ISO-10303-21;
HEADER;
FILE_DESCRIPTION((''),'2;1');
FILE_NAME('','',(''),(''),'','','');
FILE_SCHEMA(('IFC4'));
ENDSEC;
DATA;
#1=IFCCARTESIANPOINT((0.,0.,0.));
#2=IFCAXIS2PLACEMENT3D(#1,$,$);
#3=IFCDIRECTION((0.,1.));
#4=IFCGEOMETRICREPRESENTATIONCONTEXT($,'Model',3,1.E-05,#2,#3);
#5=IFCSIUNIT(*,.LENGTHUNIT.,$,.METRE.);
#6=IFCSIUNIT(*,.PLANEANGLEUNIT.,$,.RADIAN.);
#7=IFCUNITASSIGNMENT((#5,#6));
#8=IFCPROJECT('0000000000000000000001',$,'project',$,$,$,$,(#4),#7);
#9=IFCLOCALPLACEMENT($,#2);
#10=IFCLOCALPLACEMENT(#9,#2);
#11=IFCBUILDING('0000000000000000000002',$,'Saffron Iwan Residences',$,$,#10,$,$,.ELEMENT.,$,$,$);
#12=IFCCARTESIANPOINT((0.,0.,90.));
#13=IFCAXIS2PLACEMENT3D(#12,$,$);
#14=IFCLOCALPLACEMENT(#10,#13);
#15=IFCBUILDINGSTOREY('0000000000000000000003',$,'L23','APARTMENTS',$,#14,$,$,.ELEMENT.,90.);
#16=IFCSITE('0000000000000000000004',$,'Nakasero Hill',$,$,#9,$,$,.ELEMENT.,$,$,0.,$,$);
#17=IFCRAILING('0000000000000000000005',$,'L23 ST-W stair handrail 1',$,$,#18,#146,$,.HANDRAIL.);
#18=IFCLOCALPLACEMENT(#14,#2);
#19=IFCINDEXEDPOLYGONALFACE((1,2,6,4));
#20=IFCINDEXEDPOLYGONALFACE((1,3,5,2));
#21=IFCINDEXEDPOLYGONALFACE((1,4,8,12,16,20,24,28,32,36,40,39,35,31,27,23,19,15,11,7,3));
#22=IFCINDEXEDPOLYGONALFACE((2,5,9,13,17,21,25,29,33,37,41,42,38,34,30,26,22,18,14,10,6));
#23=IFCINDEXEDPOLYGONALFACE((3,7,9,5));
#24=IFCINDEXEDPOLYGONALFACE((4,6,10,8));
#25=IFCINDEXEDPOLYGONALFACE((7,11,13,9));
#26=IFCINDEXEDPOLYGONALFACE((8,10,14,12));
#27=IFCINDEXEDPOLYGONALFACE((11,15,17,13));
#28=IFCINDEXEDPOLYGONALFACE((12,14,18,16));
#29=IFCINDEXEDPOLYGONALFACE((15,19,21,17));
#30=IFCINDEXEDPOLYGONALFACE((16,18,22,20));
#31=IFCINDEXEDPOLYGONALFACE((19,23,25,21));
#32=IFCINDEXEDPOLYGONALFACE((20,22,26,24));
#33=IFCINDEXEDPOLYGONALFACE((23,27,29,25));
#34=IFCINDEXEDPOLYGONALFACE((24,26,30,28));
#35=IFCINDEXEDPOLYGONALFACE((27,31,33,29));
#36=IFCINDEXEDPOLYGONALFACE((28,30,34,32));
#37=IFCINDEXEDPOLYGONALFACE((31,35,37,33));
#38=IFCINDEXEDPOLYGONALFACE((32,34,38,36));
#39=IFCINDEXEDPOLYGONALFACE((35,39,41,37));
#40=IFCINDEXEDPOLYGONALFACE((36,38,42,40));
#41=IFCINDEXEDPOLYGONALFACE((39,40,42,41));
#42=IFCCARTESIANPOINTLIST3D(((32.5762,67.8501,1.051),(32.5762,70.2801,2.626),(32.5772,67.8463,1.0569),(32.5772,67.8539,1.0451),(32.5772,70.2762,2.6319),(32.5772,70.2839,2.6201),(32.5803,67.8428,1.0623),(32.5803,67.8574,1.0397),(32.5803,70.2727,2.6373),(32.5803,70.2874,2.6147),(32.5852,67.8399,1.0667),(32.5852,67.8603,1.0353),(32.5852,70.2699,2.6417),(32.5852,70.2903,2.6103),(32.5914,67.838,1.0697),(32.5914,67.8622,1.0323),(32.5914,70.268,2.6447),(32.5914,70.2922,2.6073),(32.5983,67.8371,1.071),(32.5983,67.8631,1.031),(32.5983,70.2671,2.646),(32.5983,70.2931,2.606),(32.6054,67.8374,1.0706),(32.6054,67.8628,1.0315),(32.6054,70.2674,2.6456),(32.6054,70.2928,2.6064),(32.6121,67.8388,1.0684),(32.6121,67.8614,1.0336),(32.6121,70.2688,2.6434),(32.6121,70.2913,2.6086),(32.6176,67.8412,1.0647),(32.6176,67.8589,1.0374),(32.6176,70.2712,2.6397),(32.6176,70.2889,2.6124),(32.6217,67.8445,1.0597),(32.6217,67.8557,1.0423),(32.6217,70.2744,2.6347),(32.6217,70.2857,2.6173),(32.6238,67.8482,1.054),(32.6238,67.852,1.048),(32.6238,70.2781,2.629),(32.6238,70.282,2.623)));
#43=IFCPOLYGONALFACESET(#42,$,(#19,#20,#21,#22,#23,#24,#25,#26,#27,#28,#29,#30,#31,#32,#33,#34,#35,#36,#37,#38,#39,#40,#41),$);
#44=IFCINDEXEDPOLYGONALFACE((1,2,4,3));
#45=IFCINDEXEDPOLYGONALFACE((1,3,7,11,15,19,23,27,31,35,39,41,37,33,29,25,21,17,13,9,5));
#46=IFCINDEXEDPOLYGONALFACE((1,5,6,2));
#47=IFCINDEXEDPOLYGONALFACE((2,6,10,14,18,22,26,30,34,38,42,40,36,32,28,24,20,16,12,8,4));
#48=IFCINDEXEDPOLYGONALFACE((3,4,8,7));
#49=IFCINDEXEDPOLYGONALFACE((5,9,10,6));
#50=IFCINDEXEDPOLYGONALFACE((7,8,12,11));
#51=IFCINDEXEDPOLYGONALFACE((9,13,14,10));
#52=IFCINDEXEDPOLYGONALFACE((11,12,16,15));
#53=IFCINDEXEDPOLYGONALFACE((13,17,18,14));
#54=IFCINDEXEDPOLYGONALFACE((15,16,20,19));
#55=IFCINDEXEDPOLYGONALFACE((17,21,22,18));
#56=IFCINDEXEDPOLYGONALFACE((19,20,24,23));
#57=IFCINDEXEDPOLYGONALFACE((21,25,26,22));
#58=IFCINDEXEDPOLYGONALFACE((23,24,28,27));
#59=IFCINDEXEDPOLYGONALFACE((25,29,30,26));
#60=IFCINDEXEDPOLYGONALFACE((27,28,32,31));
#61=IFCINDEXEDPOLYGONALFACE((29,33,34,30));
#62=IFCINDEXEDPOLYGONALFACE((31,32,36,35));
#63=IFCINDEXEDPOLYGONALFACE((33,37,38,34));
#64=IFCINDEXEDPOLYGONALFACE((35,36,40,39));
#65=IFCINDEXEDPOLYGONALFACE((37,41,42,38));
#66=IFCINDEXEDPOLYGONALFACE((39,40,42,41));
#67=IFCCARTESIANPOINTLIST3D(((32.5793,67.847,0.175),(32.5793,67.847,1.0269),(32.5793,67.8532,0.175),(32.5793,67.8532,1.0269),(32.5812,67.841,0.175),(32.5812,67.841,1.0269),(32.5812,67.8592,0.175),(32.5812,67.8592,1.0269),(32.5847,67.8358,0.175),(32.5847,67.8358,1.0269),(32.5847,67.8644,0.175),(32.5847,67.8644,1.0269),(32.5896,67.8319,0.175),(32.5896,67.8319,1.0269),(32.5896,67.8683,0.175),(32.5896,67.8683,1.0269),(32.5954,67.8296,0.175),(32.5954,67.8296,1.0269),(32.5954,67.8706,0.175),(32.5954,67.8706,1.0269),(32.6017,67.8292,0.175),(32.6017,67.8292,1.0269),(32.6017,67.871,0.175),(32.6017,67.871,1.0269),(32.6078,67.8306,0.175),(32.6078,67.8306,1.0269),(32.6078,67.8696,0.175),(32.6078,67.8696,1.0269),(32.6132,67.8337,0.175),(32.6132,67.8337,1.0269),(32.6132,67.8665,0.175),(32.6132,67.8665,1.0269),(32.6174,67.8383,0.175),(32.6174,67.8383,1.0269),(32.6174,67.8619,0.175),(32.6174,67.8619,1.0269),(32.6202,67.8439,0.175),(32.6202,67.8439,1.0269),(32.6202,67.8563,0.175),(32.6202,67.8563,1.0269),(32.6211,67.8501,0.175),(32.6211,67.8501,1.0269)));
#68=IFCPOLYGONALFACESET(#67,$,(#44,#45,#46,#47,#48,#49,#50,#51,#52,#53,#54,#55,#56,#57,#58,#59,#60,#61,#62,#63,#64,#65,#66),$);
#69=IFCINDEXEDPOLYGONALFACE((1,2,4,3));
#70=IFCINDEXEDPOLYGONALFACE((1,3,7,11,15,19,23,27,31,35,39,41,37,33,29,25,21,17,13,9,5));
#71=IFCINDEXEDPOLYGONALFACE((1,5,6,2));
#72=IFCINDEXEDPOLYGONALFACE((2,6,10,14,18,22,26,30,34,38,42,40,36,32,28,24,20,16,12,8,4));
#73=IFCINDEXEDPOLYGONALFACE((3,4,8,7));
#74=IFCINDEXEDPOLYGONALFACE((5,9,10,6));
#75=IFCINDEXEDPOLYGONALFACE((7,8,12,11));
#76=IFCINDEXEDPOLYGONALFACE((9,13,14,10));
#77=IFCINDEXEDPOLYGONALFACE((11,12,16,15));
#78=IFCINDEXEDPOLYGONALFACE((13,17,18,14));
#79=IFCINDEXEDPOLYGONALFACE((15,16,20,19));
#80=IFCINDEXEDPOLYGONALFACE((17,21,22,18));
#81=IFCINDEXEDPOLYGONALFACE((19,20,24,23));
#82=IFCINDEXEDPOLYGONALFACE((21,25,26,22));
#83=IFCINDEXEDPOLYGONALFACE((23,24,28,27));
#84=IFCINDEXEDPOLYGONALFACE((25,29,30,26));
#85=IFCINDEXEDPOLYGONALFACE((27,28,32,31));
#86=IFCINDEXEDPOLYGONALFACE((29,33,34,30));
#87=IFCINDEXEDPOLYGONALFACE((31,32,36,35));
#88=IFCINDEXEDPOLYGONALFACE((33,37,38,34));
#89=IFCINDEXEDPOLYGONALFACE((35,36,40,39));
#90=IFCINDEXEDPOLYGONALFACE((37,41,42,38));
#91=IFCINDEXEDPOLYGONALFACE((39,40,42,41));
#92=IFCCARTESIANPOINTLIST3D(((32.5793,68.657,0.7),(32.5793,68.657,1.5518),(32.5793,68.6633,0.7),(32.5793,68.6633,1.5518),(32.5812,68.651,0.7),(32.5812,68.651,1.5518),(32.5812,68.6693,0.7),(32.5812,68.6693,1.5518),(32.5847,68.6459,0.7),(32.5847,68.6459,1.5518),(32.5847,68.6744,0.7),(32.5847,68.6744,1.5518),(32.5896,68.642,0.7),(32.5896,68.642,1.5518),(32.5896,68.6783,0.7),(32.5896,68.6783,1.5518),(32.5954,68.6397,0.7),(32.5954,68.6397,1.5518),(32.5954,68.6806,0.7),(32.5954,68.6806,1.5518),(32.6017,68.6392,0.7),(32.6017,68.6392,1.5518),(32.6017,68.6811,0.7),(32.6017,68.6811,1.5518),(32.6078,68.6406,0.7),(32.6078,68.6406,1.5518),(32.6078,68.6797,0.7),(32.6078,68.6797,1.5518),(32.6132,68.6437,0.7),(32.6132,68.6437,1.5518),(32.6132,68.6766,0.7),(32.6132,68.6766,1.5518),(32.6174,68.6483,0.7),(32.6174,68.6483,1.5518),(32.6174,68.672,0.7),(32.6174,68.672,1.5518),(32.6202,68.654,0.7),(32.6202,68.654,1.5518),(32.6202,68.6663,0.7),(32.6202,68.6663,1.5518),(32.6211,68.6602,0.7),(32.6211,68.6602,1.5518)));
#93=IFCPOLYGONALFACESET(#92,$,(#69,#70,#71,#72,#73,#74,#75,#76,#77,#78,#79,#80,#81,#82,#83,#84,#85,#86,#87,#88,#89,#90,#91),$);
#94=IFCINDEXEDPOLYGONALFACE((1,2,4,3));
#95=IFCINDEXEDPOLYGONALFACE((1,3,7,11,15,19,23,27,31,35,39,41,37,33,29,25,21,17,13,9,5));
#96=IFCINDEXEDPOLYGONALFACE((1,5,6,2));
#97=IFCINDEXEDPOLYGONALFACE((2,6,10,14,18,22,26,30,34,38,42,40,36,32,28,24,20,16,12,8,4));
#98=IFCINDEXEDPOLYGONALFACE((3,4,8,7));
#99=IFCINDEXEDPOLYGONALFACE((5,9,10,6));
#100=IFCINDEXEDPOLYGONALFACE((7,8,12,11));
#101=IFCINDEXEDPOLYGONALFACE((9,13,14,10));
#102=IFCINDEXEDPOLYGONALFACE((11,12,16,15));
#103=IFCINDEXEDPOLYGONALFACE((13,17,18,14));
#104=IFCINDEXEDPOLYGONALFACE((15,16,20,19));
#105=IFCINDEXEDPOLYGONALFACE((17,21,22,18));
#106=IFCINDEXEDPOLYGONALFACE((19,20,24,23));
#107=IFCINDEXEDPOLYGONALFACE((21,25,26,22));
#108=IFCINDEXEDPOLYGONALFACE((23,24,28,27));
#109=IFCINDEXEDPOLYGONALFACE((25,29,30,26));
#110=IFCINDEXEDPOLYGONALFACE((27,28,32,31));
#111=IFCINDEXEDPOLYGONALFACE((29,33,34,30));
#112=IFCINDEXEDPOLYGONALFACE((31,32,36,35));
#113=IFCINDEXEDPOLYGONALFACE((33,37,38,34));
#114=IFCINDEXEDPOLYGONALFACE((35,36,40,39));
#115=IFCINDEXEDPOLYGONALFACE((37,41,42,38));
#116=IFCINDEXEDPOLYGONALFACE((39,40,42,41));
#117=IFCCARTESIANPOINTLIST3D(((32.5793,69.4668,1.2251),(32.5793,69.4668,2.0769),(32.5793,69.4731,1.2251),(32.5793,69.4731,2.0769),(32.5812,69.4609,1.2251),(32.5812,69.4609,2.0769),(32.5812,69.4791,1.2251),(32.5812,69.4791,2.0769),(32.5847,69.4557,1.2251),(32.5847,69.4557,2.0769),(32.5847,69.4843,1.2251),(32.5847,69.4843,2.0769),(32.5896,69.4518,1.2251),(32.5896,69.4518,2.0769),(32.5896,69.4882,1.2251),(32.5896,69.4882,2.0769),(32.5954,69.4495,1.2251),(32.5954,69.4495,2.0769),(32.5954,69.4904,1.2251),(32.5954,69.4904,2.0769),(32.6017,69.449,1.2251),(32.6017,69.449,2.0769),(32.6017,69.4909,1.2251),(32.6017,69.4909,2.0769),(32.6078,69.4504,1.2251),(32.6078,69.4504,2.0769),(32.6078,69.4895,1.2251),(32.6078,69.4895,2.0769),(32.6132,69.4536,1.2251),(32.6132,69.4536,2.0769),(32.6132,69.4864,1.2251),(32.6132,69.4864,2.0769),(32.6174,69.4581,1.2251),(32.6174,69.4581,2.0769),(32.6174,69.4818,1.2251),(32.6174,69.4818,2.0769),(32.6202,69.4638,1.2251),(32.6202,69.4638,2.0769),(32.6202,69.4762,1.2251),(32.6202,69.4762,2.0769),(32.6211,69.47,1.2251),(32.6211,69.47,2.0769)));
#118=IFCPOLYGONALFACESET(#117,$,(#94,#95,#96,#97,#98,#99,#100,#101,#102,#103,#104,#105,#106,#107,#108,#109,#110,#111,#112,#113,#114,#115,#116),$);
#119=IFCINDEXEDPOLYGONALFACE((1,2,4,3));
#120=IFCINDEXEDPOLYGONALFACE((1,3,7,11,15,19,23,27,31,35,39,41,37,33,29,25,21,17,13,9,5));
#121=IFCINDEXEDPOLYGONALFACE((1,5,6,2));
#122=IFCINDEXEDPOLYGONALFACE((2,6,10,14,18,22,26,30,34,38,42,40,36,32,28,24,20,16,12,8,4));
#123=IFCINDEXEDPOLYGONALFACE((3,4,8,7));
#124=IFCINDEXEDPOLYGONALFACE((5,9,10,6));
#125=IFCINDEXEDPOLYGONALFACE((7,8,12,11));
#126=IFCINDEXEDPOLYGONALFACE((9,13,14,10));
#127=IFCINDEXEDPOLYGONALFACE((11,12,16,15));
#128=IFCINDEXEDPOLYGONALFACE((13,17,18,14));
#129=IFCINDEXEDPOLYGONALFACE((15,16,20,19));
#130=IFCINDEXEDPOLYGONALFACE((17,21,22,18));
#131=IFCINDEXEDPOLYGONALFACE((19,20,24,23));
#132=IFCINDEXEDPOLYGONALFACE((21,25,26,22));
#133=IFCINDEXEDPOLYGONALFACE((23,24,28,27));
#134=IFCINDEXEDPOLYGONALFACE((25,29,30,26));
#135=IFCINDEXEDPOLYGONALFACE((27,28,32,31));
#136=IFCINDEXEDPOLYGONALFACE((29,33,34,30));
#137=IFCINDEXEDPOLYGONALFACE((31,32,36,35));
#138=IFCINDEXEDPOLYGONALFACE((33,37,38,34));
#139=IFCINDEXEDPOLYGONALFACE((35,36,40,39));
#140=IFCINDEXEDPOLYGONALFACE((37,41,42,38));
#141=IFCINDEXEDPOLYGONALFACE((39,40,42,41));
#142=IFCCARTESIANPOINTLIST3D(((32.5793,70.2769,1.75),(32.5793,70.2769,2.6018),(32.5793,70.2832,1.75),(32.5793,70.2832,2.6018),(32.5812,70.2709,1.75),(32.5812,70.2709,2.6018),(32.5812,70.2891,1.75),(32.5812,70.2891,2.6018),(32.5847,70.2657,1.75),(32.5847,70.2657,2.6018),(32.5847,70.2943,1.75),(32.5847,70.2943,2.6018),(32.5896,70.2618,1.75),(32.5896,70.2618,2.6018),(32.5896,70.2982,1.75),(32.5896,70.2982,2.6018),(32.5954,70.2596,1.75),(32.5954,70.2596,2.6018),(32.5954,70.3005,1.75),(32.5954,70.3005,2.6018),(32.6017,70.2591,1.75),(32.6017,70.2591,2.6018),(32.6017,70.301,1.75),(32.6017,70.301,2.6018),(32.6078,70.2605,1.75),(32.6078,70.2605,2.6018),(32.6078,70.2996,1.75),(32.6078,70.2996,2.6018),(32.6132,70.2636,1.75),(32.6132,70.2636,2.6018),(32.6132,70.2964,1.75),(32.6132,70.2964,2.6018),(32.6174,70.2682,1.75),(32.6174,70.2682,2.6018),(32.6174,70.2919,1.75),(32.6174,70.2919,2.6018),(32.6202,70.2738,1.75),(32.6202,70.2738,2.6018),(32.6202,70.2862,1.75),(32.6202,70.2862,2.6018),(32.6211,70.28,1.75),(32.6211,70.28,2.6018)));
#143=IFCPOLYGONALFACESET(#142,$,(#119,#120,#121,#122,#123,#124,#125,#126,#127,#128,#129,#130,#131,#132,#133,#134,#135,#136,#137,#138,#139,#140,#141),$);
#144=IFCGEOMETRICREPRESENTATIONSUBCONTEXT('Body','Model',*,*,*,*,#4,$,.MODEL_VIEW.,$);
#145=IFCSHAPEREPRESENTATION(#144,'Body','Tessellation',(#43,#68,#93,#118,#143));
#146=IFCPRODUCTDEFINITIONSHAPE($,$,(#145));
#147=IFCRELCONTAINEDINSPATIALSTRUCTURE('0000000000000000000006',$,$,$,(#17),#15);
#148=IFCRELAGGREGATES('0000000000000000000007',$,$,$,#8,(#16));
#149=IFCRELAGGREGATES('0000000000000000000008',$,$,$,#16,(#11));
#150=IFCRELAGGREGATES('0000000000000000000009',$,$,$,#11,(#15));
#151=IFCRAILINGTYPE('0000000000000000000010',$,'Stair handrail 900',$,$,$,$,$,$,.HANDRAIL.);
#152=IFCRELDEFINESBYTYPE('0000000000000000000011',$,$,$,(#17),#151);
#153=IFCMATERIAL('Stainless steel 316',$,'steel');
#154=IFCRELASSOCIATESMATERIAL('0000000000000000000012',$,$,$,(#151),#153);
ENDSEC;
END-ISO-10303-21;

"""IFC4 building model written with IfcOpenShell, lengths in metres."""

from ifc_helpers import new_model, si_unit, direction, frame, origin, origin_2d, place, context, subcontext, project, spatial, circle, extrude, material, type_object, element, save


model = new_model("IFC4")

# Units and contexts
model_context = context("Model", 3, precision=1e-05, world=origin(), true_north=direction((0.0, 1.0)))
body_context = subcontext(model_context, "Body", "Model", "MODEL_VIEW")
ifc_project = project(units=[si_unit("LENGTHUNIT", "METRE"), si_unit("PLANEANGLEUNIT", "RADIAN")], contexts=[model_context])

# Site, building, storey
site_placement = place(None, origin())
site = spatial("IfcSite", under=ifc_project, at=site_placement, Name="Nakasero Hill", CompositionType="ELEMENT", RefElevation=0.0)
building_placement = place(site_placement, origin())
building = spatial("IfcBuilding", under=site, at=building_placement, Name="Saffron Iwan Residences", CompositionType="ELEMENT")
storey_placement = place(building_placement, frame((0.0, 0.0, 90.0)))
storey = spatial("IfcBuildingStorey", under=building, at=storey_placement, Name="L23", Description="APARTMENTS", CompositionType="ELEMENT", Elevation=90.0)

# Railing
ifc_material_1 = material(Name="Stainless steel 316", Category="steel")
railing_type_1 = type_object("IfcRailingType", Name="Stair handrail 900", PredefinedType="HANDRAIL", material=ifc_material_1)
railing_1_placement = place(storey_placement, frame((32.6001, 67.8501, 0.175)))
element("IfcRailing", 1, at=railing_1_placement, inside=storey, type_object=railing_type_1, Name="L23 ST-W stair handrail 1", PredefinedType="HANDRAIL", context=body_context, shape_type="SweptSolid", body=[
    extrude(circle(Radius=0.0239, at=origin_2d()), frame((0.0, 0.0, 0.876), z_axis=(0.0, 0.839154, 0.543894), x_axis=(-1.0, 0.0, 0.0)), (0.0, 0.0, 1.0), 2.8958),
    extrude(circle(Radius=0.021, at=origin_2d()), origin(), (0.0, 0.0, 1.0), 0.8518),
    extrude(circle(Radius=0.021, at=origin_2d()), frame((0.0, 0.8101, 0.5249)), (0.0, 0.0, 1.0), 0.8518),
    extrude(circle(Radius=0.021, at=origin_2d()), frame((0.0, 1.6199, 1.05)), (0.0, 0.0, 1.0), 0.8518),
    extrude(circle(Radius=0.021, at=origin_2d()), frame((0.0, 2.4299, 1.575)), (0.0, 0.0, 1.0), 0.8518),
])

save(model, "model.ifc")
